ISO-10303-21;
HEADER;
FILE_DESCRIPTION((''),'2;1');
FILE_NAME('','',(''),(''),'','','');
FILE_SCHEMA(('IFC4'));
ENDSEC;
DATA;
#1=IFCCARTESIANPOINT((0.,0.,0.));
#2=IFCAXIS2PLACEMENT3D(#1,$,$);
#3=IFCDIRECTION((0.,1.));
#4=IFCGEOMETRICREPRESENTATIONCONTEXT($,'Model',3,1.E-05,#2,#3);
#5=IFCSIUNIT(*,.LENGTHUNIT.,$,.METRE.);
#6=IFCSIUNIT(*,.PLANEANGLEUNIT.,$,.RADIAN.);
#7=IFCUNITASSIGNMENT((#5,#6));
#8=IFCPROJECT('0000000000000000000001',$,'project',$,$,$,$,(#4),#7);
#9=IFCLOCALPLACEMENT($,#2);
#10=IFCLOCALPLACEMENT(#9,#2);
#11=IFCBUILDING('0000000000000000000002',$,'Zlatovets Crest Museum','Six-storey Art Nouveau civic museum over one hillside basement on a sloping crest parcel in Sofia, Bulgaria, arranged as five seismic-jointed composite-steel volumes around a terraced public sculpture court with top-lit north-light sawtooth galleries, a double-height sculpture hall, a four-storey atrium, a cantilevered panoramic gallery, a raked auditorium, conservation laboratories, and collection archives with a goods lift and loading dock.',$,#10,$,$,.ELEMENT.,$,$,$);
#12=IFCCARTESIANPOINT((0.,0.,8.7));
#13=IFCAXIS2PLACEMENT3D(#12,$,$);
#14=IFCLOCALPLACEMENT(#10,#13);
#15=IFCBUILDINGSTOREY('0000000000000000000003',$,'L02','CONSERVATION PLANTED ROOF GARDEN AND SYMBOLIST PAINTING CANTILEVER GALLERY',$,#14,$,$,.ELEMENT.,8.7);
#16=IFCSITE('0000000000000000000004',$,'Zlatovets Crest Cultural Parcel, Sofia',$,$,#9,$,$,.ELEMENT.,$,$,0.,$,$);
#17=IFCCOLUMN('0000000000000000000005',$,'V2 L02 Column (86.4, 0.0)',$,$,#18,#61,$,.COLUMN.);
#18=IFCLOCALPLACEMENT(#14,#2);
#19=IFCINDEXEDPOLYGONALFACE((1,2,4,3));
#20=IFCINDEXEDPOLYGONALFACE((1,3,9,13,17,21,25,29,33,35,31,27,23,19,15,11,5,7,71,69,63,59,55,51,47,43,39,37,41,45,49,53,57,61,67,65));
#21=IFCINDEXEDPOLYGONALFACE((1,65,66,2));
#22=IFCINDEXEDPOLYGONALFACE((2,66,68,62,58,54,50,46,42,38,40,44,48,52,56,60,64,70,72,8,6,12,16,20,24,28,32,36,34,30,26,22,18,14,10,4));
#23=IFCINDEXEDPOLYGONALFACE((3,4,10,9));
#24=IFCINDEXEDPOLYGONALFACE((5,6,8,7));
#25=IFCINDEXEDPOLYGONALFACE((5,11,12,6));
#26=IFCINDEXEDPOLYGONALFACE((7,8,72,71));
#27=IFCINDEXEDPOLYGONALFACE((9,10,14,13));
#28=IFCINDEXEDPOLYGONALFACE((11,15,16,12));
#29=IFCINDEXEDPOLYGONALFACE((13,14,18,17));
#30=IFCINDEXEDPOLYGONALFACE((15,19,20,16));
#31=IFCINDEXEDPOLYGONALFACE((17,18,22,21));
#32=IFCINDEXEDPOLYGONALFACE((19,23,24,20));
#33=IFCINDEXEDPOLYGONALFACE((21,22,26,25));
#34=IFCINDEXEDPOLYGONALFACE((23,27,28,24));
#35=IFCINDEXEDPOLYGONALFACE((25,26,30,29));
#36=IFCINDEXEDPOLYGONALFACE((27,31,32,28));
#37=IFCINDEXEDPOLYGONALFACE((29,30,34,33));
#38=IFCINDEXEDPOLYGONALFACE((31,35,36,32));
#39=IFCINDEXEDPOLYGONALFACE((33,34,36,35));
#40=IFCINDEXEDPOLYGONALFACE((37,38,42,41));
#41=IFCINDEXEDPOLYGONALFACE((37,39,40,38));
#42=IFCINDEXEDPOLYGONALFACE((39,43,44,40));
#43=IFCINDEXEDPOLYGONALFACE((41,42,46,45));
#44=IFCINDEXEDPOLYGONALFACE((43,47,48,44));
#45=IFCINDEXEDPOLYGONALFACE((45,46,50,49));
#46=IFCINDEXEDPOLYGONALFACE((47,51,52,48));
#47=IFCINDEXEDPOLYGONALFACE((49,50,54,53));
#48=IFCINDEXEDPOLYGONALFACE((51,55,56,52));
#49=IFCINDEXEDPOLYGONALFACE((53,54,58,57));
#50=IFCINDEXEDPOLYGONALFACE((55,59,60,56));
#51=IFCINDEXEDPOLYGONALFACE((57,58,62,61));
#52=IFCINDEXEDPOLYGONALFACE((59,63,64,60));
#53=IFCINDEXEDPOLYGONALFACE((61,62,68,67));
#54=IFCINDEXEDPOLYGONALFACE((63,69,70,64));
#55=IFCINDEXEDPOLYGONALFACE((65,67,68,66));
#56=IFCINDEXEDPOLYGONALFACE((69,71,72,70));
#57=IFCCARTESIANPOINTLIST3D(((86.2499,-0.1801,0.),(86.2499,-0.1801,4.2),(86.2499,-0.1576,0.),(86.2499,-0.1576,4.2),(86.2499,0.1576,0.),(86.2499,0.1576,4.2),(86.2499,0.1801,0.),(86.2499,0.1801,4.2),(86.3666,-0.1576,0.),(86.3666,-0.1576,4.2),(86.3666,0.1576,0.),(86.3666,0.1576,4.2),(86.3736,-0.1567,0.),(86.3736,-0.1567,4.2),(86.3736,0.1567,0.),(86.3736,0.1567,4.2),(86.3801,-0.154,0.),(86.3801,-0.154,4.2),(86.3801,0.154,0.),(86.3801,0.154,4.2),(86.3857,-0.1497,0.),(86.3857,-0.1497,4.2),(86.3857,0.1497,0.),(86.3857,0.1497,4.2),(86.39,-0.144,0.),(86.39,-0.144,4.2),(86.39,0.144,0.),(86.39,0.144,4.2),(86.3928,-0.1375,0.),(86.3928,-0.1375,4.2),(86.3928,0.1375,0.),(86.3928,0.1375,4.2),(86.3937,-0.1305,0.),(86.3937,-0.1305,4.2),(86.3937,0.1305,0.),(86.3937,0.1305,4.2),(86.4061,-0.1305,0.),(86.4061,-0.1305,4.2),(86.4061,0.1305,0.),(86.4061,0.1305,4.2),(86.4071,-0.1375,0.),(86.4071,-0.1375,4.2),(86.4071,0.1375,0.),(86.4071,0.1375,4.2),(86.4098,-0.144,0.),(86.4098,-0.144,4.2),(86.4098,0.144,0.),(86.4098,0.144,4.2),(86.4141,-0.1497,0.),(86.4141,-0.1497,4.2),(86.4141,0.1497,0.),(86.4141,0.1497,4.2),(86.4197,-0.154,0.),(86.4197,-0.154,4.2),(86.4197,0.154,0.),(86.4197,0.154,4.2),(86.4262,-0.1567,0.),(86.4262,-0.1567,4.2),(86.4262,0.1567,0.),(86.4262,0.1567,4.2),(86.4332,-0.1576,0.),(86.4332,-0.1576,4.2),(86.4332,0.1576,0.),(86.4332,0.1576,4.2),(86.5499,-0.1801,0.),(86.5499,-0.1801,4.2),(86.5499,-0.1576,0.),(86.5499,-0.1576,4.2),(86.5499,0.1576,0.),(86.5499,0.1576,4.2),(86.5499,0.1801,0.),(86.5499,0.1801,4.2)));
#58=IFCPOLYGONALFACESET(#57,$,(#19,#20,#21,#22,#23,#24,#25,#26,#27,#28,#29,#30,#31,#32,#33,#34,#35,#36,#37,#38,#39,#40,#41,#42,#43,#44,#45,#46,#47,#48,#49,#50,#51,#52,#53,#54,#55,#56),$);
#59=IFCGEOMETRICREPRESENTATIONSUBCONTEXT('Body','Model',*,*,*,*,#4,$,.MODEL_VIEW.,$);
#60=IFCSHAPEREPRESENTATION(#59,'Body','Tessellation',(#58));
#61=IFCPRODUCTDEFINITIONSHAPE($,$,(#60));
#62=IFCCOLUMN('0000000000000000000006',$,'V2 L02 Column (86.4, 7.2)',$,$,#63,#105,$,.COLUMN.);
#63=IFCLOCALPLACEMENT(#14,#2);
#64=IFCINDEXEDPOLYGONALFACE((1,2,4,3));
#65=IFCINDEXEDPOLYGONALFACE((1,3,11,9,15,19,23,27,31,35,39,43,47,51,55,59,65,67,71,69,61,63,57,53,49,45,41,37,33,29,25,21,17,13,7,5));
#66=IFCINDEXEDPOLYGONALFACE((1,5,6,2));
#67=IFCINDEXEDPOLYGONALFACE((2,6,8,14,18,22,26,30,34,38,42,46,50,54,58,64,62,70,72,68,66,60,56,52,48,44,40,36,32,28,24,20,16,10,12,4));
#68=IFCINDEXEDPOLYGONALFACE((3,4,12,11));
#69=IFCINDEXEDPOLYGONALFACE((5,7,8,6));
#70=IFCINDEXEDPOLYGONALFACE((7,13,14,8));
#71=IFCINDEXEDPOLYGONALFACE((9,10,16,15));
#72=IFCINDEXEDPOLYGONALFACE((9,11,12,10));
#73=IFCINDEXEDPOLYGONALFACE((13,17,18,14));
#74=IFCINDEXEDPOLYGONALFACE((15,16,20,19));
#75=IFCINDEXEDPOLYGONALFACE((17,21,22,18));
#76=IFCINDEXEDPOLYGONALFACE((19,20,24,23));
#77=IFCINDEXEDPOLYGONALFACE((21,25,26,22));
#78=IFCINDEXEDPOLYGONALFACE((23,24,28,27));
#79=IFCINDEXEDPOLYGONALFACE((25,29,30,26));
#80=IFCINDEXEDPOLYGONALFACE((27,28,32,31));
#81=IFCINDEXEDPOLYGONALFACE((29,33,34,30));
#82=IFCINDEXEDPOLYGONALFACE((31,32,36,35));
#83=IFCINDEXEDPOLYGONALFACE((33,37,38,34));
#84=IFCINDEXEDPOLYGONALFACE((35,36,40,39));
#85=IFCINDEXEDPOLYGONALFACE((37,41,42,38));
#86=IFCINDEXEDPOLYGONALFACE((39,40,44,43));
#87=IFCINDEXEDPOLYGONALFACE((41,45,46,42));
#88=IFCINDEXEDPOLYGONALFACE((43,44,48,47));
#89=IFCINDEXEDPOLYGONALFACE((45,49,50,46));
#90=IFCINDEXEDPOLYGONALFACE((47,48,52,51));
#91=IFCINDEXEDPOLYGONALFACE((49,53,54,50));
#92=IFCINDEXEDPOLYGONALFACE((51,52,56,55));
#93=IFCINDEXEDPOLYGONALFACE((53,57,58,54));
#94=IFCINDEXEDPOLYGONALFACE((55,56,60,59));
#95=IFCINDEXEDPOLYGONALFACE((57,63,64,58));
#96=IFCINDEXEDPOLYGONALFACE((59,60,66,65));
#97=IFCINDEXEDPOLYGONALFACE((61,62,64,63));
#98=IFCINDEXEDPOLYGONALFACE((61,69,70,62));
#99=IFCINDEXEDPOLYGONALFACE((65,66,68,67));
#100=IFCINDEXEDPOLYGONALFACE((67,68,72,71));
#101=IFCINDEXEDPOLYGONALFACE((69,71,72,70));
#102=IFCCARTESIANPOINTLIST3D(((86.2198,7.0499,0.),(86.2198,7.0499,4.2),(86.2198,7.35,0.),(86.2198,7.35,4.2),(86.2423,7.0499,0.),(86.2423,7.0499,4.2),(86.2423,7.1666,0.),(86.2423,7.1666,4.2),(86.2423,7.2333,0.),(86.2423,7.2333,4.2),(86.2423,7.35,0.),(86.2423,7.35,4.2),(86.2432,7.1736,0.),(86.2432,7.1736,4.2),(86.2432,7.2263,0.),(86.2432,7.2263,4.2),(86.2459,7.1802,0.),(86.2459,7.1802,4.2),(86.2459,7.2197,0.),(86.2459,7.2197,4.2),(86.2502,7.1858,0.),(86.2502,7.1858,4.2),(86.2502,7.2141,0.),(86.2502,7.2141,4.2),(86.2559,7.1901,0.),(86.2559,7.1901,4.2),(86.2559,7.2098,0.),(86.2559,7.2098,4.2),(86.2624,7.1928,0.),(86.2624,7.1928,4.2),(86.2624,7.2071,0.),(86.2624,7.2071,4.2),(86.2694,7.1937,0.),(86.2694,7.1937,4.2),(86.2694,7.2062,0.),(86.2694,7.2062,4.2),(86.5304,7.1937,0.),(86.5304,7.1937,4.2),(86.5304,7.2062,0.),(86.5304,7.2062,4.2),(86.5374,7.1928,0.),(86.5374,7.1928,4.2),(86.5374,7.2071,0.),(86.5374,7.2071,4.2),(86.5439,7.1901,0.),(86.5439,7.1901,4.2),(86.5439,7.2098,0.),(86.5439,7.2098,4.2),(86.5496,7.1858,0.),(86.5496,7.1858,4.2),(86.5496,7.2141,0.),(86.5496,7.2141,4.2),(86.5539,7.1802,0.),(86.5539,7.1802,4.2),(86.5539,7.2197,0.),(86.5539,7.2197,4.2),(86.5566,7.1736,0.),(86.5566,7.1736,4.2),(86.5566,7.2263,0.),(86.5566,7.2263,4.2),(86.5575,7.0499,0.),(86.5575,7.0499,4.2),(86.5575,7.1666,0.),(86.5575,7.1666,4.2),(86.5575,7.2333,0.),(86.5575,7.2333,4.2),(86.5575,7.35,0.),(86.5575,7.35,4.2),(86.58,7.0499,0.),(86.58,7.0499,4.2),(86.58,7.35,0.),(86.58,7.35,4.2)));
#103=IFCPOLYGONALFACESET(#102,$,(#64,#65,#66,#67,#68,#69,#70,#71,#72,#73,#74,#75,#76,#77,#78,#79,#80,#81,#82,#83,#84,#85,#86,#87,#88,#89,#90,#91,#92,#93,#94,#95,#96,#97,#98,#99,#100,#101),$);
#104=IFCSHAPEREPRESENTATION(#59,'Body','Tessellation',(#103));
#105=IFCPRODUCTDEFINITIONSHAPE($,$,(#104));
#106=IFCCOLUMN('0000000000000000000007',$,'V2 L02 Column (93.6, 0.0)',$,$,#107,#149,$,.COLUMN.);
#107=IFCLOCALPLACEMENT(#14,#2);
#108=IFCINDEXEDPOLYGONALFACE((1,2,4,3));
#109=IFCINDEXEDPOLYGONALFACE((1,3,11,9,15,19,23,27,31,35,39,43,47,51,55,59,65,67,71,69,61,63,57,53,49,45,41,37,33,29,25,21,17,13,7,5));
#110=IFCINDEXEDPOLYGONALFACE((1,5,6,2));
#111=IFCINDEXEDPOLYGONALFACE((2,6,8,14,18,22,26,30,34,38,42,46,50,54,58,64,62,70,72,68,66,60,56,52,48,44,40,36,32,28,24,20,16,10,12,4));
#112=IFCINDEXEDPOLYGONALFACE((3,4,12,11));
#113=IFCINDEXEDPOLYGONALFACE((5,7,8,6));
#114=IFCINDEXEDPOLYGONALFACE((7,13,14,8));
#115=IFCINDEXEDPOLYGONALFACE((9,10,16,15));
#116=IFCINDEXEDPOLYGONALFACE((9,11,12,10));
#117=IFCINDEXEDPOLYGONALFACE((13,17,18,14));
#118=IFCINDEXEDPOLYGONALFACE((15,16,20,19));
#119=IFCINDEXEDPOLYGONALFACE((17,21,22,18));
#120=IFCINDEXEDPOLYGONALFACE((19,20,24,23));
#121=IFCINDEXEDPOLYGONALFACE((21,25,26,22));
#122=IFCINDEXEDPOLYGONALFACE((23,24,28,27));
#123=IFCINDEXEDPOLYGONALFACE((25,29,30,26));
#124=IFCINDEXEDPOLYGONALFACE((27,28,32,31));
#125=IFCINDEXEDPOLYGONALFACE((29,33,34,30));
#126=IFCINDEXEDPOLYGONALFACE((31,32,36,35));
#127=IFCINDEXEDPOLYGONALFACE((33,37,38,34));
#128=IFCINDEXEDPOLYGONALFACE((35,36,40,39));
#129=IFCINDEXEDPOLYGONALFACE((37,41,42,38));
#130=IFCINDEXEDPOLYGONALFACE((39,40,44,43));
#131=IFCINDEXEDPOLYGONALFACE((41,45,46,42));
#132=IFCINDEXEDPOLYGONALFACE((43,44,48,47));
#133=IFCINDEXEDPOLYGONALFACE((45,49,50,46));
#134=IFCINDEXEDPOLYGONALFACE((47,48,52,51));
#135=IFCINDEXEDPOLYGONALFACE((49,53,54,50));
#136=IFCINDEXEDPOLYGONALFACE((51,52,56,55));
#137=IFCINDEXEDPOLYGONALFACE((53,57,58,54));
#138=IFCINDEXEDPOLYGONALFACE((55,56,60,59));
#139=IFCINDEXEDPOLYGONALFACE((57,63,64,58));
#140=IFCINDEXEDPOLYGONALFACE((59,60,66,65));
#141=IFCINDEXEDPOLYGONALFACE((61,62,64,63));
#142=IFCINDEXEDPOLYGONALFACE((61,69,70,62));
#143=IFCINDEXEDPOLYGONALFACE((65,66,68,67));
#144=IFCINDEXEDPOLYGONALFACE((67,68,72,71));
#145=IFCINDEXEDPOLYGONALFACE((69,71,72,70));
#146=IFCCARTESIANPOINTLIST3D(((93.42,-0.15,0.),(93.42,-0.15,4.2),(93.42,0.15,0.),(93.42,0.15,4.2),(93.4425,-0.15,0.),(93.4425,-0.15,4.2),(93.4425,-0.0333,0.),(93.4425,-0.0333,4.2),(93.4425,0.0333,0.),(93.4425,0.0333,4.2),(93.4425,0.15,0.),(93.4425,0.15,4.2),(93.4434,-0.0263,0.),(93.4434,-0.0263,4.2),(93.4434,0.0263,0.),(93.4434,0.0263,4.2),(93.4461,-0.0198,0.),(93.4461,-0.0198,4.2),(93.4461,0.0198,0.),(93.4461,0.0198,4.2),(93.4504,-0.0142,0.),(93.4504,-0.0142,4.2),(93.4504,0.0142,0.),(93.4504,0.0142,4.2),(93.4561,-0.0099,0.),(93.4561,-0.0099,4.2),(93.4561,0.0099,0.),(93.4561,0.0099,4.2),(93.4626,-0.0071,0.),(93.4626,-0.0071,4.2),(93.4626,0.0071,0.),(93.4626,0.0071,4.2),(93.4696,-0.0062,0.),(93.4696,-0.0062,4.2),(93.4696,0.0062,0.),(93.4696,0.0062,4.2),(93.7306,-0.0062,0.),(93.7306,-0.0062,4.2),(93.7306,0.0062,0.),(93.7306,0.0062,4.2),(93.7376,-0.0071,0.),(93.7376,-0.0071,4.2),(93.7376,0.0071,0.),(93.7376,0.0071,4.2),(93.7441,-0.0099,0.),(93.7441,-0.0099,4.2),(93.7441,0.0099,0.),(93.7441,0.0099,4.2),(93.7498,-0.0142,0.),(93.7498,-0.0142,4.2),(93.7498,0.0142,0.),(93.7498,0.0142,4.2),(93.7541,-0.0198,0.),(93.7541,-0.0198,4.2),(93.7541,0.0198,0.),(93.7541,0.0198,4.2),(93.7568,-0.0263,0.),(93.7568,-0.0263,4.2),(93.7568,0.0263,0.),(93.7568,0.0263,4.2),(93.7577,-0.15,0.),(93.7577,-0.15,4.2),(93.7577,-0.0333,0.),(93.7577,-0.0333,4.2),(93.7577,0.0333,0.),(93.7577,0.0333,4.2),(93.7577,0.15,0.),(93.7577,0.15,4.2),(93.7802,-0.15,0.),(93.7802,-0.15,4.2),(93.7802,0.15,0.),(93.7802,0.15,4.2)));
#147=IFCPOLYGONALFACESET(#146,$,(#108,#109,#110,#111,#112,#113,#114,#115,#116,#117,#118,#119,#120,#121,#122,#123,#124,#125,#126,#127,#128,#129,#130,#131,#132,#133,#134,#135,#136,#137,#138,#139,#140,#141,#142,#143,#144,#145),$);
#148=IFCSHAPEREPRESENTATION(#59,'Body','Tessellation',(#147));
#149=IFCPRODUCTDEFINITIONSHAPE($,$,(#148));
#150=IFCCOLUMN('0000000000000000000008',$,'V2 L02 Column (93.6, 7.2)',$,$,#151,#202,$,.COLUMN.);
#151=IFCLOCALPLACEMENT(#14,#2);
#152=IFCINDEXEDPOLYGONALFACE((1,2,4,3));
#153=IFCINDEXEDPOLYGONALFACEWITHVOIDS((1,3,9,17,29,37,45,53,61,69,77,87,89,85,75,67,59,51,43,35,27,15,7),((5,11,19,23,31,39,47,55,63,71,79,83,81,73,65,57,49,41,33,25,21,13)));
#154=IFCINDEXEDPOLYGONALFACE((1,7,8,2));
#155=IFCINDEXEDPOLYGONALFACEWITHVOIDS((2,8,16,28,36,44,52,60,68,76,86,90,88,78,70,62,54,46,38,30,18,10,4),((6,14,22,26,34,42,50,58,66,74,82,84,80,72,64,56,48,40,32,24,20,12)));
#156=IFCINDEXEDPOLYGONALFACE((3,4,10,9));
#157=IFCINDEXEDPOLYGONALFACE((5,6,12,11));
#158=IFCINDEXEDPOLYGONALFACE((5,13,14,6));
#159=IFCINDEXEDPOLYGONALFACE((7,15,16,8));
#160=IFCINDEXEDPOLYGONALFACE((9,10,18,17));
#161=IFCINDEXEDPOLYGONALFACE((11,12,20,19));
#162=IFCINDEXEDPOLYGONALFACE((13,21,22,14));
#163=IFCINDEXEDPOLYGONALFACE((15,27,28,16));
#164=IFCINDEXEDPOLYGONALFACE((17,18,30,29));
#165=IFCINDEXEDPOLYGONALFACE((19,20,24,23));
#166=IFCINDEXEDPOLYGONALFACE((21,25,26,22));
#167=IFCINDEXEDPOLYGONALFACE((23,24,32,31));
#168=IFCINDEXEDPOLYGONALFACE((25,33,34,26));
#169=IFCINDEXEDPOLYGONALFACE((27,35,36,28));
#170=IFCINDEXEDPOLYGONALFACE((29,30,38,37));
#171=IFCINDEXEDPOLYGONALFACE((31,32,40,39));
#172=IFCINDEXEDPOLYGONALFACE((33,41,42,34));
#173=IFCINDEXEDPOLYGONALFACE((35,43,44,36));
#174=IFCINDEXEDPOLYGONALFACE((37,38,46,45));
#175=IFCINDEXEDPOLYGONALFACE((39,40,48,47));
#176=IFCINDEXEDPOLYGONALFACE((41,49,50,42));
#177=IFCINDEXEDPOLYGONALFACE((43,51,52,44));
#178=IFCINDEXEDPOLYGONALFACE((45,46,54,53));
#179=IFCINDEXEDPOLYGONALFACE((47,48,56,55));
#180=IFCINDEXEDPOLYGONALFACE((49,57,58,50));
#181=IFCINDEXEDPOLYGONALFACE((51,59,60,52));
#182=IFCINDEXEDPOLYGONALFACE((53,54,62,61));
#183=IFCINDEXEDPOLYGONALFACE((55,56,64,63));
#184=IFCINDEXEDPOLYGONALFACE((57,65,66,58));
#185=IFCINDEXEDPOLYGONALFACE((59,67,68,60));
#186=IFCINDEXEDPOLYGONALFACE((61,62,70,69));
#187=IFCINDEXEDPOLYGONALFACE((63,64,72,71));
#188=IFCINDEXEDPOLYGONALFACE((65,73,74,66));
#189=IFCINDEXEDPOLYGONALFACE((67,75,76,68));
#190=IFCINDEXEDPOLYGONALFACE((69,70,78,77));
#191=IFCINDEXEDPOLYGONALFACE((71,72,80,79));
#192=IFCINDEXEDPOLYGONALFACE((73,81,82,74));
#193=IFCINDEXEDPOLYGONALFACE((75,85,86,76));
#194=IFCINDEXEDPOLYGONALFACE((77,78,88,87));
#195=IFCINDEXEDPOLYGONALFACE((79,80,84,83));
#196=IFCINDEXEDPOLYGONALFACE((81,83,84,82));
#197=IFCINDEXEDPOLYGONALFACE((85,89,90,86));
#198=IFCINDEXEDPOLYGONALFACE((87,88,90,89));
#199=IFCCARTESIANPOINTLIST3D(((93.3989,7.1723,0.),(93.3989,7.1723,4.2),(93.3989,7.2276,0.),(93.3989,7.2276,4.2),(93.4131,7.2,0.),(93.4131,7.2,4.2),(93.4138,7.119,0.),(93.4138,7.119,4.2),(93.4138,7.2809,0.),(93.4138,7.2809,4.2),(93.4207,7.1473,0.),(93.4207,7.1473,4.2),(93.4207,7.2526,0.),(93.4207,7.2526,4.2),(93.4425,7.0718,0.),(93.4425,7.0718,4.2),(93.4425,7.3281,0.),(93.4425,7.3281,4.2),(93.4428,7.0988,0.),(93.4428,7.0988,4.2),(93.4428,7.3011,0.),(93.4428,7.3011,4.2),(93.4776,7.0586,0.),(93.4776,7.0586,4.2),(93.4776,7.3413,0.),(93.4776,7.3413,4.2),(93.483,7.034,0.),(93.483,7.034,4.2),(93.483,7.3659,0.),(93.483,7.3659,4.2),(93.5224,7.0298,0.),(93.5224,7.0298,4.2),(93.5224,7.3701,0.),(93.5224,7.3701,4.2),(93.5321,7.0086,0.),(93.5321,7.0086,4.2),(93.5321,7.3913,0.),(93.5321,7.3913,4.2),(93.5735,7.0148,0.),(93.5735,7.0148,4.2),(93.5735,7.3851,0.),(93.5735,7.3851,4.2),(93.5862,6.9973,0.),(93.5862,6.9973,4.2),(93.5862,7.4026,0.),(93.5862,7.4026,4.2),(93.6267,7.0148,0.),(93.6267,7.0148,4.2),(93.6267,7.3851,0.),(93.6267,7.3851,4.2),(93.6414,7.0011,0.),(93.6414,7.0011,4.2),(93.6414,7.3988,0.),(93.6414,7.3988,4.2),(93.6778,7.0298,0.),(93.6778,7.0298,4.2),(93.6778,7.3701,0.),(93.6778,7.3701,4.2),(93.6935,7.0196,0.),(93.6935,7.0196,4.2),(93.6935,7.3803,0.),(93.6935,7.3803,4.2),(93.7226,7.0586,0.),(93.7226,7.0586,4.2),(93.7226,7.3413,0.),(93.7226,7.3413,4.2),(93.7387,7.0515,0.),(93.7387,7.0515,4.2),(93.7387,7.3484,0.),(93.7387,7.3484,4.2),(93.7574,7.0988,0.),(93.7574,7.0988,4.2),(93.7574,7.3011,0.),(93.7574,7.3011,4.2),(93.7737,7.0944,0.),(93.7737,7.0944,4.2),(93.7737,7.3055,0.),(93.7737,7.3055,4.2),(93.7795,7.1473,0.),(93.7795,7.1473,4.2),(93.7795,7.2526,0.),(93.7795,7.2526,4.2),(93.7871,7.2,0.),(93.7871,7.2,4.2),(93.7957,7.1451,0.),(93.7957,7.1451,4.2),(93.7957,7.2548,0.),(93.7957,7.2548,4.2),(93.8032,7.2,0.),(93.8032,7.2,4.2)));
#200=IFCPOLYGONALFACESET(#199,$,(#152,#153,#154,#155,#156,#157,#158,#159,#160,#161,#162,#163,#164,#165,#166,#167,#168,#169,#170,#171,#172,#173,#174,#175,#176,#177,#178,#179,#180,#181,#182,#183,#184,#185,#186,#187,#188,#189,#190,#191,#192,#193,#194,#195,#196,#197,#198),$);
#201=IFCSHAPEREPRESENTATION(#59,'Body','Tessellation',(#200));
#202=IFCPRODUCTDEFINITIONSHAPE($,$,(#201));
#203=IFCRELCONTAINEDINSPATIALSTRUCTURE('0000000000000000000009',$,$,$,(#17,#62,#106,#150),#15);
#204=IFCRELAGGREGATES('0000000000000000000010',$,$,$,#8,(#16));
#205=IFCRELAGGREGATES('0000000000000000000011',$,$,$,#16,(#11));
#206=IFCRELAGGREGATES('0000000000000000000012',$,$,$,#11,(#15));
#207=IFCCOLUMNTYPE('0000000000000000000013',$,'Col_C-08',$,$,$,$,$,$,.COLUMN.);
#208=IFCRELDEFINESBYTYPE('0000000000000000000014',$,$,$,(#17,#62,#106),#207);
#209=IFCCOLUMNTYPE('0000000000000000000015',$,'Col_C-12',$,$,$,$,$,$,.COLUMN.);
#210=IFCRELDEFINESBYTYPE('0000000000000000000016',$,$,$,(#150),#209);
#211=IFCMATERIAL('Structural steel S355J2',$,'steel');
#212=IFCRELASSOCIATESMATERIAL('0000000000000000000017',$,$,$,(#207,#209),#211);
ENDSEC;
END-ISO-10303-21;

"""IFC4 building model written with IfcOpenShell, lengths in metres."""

from ifc_helpers import new_model, si_unit, direction, frame, origin, origin_2d, place, context, subcontext, project, spatial, hollow_circle, i_section, extrude, material, material_profile, profile_set, type_object, element, save


model = new_model("IFC4")

# Units and contexts
model_context = context("Model", 3, precision=1e-05, world=origin(), true_north=direction((0.0, 1.0)))
body_context = subcontext(model_context, "Body", "Model", "MODEL_VIEW")
ifc_project = project(units=[si_unit("LENGTHUNIT", "METRE"), si_unit("PLANEANGLEUNIT", "RADIAN")], contexts=[model_context])

# Site, building, storey
site_placement = place(None, origin())
site = spatial("IfcSite", under=ifc_project, at=site_placement, Name="Zlatovets Crest Cultural Parcel, Sofia", CompositionType="ELEMENT", RefElevation=0.0)
building_placement = place(site_placement, origin())
building = spatial("IfcBuilding", under=site, at=building_placement, Name="Zlatovets Crest Museum", Description="Six-storey Art Nouveau civic museum over one hillside basement on a sloping crest parcel in Sofia, Bulgaria, arranged as five seismic-jointed composite-steel volumes around a terraced public sculpture court with top-lit north-light sawtooth galleries, a double-height sculpture hall, a four-storey atrium, a cantilevered panoramic gallery, a raked auditorium, conservation laboratories, and collection archives with a goods lift and loading dock.", CompositionType="ELEMENT")
storey_placement = place(building_placement, frame((0.0, 0.0, 8.7)))
storey = spatial("IfcBuildingStorey", under=building, at=storey_placement, Name="L02", Description="CONSERVATION PLANTED ROOF GARDEN AND SYMBOLIST PAINTING CANTILEVER GALLERY", CompositionType="ELEMENT", Elevation=8.7)

# Columns
ifc_material_1 = material(Name="Structural steel S355J2", Category="steel")
ifc_material_profile_1 = material_profile(ifc_material_1, i_section(OverallWidth=0.3, OverallDepth=0.3601, WebThickness=0.0125, FlangeThickness=0.0225, FilletRadius=0.0271, at=origin_2d()), Name="HEB 360")
ifc_profile_set_1 = profile_set([ifc_material_profile_1], Name="Structural steel S355J2")
column_type_1 = type_object("IfcColumnType", Name="Col_C-08", PredefinedType="COLUMN", material=ifc_profile_set_1)
for number, where, z_axis, x_axis, name in (
    (1, (86.3999, 0.0, 0.0), (0.0, 0.0, 1.0), (1.0, 0.0, 0.0), "V2 L02 Column (86.4, 0.0)"),
    (2, (86.3999, 7.2, 0.0), (0.0, 0.0, 1.0), (0.0, 1.0, 0.0), "V2 L02 Column (86.4, 7.2)"),
    (3, (93.6001, 0.0, 0.0), (0.0, 0.0, 1.0), (0.0, 1.0, 0.0), "V2 L02 Column (93.6, 0.0)"),
):
    element("IfcColumn", number, at=place(storey_placement, frame(where, z_axis=z_axis, x_axis=x_axis)), inside=storey, type_object=column_type_1, Name=name, PredefinedType="COLUMN", context=body_context, shape_type="SweptSolid", body=[
        extrude(i_section(OverallWidth=0.3, OverallDepth=0.3601, WebThickness=0.0125, FlangeThickness=0.0225, FilletRadius=0.0271, at=origin_2d()), origin(), (0.0, 0.0, 1.0), 4.2),
    ])
ifc_material_profile_2 = material_profile(ifc_material_1, hollow_circle(Radius=0.2031, WallThickness=0.0161, at=origin_2d()), Name="CHS 406.4x16.0")
ifc_profile_set_2 = profile_set([ifc_material_profile_2], Name="Structural steel S355J2")
column_type_2 = type_object("IfcColumnType", Name="Col_C-12", PredefinedType="COLUMN", material=ifc_profile_set_2)
for number, where, z_axis, x_axis, name in (
    (4, (93.6001, 7.2, 0.0), (0.0, 0.0, 1.0), (1.0, 0.0, 0.0), "V2 L02 Column (93.6, 7.2)"),
):
    element("IfcColumn", number, at=place(storey_placement, frame(where, z_axis=z_axis, x_axis=x_axis)), inside=storey, type_object=column_type_2, Name=name, PredefinedType="COLUMN", context=body_context, shape_type="SweptSolid", body=[
        extrude(hollow_circle(Radius=0.2031, WallThickness=0.0161, at=origin_2d()), origin(), (0.0, 0.0, 1.0), 4.2),
    ])

save(model, "model.ifc")
